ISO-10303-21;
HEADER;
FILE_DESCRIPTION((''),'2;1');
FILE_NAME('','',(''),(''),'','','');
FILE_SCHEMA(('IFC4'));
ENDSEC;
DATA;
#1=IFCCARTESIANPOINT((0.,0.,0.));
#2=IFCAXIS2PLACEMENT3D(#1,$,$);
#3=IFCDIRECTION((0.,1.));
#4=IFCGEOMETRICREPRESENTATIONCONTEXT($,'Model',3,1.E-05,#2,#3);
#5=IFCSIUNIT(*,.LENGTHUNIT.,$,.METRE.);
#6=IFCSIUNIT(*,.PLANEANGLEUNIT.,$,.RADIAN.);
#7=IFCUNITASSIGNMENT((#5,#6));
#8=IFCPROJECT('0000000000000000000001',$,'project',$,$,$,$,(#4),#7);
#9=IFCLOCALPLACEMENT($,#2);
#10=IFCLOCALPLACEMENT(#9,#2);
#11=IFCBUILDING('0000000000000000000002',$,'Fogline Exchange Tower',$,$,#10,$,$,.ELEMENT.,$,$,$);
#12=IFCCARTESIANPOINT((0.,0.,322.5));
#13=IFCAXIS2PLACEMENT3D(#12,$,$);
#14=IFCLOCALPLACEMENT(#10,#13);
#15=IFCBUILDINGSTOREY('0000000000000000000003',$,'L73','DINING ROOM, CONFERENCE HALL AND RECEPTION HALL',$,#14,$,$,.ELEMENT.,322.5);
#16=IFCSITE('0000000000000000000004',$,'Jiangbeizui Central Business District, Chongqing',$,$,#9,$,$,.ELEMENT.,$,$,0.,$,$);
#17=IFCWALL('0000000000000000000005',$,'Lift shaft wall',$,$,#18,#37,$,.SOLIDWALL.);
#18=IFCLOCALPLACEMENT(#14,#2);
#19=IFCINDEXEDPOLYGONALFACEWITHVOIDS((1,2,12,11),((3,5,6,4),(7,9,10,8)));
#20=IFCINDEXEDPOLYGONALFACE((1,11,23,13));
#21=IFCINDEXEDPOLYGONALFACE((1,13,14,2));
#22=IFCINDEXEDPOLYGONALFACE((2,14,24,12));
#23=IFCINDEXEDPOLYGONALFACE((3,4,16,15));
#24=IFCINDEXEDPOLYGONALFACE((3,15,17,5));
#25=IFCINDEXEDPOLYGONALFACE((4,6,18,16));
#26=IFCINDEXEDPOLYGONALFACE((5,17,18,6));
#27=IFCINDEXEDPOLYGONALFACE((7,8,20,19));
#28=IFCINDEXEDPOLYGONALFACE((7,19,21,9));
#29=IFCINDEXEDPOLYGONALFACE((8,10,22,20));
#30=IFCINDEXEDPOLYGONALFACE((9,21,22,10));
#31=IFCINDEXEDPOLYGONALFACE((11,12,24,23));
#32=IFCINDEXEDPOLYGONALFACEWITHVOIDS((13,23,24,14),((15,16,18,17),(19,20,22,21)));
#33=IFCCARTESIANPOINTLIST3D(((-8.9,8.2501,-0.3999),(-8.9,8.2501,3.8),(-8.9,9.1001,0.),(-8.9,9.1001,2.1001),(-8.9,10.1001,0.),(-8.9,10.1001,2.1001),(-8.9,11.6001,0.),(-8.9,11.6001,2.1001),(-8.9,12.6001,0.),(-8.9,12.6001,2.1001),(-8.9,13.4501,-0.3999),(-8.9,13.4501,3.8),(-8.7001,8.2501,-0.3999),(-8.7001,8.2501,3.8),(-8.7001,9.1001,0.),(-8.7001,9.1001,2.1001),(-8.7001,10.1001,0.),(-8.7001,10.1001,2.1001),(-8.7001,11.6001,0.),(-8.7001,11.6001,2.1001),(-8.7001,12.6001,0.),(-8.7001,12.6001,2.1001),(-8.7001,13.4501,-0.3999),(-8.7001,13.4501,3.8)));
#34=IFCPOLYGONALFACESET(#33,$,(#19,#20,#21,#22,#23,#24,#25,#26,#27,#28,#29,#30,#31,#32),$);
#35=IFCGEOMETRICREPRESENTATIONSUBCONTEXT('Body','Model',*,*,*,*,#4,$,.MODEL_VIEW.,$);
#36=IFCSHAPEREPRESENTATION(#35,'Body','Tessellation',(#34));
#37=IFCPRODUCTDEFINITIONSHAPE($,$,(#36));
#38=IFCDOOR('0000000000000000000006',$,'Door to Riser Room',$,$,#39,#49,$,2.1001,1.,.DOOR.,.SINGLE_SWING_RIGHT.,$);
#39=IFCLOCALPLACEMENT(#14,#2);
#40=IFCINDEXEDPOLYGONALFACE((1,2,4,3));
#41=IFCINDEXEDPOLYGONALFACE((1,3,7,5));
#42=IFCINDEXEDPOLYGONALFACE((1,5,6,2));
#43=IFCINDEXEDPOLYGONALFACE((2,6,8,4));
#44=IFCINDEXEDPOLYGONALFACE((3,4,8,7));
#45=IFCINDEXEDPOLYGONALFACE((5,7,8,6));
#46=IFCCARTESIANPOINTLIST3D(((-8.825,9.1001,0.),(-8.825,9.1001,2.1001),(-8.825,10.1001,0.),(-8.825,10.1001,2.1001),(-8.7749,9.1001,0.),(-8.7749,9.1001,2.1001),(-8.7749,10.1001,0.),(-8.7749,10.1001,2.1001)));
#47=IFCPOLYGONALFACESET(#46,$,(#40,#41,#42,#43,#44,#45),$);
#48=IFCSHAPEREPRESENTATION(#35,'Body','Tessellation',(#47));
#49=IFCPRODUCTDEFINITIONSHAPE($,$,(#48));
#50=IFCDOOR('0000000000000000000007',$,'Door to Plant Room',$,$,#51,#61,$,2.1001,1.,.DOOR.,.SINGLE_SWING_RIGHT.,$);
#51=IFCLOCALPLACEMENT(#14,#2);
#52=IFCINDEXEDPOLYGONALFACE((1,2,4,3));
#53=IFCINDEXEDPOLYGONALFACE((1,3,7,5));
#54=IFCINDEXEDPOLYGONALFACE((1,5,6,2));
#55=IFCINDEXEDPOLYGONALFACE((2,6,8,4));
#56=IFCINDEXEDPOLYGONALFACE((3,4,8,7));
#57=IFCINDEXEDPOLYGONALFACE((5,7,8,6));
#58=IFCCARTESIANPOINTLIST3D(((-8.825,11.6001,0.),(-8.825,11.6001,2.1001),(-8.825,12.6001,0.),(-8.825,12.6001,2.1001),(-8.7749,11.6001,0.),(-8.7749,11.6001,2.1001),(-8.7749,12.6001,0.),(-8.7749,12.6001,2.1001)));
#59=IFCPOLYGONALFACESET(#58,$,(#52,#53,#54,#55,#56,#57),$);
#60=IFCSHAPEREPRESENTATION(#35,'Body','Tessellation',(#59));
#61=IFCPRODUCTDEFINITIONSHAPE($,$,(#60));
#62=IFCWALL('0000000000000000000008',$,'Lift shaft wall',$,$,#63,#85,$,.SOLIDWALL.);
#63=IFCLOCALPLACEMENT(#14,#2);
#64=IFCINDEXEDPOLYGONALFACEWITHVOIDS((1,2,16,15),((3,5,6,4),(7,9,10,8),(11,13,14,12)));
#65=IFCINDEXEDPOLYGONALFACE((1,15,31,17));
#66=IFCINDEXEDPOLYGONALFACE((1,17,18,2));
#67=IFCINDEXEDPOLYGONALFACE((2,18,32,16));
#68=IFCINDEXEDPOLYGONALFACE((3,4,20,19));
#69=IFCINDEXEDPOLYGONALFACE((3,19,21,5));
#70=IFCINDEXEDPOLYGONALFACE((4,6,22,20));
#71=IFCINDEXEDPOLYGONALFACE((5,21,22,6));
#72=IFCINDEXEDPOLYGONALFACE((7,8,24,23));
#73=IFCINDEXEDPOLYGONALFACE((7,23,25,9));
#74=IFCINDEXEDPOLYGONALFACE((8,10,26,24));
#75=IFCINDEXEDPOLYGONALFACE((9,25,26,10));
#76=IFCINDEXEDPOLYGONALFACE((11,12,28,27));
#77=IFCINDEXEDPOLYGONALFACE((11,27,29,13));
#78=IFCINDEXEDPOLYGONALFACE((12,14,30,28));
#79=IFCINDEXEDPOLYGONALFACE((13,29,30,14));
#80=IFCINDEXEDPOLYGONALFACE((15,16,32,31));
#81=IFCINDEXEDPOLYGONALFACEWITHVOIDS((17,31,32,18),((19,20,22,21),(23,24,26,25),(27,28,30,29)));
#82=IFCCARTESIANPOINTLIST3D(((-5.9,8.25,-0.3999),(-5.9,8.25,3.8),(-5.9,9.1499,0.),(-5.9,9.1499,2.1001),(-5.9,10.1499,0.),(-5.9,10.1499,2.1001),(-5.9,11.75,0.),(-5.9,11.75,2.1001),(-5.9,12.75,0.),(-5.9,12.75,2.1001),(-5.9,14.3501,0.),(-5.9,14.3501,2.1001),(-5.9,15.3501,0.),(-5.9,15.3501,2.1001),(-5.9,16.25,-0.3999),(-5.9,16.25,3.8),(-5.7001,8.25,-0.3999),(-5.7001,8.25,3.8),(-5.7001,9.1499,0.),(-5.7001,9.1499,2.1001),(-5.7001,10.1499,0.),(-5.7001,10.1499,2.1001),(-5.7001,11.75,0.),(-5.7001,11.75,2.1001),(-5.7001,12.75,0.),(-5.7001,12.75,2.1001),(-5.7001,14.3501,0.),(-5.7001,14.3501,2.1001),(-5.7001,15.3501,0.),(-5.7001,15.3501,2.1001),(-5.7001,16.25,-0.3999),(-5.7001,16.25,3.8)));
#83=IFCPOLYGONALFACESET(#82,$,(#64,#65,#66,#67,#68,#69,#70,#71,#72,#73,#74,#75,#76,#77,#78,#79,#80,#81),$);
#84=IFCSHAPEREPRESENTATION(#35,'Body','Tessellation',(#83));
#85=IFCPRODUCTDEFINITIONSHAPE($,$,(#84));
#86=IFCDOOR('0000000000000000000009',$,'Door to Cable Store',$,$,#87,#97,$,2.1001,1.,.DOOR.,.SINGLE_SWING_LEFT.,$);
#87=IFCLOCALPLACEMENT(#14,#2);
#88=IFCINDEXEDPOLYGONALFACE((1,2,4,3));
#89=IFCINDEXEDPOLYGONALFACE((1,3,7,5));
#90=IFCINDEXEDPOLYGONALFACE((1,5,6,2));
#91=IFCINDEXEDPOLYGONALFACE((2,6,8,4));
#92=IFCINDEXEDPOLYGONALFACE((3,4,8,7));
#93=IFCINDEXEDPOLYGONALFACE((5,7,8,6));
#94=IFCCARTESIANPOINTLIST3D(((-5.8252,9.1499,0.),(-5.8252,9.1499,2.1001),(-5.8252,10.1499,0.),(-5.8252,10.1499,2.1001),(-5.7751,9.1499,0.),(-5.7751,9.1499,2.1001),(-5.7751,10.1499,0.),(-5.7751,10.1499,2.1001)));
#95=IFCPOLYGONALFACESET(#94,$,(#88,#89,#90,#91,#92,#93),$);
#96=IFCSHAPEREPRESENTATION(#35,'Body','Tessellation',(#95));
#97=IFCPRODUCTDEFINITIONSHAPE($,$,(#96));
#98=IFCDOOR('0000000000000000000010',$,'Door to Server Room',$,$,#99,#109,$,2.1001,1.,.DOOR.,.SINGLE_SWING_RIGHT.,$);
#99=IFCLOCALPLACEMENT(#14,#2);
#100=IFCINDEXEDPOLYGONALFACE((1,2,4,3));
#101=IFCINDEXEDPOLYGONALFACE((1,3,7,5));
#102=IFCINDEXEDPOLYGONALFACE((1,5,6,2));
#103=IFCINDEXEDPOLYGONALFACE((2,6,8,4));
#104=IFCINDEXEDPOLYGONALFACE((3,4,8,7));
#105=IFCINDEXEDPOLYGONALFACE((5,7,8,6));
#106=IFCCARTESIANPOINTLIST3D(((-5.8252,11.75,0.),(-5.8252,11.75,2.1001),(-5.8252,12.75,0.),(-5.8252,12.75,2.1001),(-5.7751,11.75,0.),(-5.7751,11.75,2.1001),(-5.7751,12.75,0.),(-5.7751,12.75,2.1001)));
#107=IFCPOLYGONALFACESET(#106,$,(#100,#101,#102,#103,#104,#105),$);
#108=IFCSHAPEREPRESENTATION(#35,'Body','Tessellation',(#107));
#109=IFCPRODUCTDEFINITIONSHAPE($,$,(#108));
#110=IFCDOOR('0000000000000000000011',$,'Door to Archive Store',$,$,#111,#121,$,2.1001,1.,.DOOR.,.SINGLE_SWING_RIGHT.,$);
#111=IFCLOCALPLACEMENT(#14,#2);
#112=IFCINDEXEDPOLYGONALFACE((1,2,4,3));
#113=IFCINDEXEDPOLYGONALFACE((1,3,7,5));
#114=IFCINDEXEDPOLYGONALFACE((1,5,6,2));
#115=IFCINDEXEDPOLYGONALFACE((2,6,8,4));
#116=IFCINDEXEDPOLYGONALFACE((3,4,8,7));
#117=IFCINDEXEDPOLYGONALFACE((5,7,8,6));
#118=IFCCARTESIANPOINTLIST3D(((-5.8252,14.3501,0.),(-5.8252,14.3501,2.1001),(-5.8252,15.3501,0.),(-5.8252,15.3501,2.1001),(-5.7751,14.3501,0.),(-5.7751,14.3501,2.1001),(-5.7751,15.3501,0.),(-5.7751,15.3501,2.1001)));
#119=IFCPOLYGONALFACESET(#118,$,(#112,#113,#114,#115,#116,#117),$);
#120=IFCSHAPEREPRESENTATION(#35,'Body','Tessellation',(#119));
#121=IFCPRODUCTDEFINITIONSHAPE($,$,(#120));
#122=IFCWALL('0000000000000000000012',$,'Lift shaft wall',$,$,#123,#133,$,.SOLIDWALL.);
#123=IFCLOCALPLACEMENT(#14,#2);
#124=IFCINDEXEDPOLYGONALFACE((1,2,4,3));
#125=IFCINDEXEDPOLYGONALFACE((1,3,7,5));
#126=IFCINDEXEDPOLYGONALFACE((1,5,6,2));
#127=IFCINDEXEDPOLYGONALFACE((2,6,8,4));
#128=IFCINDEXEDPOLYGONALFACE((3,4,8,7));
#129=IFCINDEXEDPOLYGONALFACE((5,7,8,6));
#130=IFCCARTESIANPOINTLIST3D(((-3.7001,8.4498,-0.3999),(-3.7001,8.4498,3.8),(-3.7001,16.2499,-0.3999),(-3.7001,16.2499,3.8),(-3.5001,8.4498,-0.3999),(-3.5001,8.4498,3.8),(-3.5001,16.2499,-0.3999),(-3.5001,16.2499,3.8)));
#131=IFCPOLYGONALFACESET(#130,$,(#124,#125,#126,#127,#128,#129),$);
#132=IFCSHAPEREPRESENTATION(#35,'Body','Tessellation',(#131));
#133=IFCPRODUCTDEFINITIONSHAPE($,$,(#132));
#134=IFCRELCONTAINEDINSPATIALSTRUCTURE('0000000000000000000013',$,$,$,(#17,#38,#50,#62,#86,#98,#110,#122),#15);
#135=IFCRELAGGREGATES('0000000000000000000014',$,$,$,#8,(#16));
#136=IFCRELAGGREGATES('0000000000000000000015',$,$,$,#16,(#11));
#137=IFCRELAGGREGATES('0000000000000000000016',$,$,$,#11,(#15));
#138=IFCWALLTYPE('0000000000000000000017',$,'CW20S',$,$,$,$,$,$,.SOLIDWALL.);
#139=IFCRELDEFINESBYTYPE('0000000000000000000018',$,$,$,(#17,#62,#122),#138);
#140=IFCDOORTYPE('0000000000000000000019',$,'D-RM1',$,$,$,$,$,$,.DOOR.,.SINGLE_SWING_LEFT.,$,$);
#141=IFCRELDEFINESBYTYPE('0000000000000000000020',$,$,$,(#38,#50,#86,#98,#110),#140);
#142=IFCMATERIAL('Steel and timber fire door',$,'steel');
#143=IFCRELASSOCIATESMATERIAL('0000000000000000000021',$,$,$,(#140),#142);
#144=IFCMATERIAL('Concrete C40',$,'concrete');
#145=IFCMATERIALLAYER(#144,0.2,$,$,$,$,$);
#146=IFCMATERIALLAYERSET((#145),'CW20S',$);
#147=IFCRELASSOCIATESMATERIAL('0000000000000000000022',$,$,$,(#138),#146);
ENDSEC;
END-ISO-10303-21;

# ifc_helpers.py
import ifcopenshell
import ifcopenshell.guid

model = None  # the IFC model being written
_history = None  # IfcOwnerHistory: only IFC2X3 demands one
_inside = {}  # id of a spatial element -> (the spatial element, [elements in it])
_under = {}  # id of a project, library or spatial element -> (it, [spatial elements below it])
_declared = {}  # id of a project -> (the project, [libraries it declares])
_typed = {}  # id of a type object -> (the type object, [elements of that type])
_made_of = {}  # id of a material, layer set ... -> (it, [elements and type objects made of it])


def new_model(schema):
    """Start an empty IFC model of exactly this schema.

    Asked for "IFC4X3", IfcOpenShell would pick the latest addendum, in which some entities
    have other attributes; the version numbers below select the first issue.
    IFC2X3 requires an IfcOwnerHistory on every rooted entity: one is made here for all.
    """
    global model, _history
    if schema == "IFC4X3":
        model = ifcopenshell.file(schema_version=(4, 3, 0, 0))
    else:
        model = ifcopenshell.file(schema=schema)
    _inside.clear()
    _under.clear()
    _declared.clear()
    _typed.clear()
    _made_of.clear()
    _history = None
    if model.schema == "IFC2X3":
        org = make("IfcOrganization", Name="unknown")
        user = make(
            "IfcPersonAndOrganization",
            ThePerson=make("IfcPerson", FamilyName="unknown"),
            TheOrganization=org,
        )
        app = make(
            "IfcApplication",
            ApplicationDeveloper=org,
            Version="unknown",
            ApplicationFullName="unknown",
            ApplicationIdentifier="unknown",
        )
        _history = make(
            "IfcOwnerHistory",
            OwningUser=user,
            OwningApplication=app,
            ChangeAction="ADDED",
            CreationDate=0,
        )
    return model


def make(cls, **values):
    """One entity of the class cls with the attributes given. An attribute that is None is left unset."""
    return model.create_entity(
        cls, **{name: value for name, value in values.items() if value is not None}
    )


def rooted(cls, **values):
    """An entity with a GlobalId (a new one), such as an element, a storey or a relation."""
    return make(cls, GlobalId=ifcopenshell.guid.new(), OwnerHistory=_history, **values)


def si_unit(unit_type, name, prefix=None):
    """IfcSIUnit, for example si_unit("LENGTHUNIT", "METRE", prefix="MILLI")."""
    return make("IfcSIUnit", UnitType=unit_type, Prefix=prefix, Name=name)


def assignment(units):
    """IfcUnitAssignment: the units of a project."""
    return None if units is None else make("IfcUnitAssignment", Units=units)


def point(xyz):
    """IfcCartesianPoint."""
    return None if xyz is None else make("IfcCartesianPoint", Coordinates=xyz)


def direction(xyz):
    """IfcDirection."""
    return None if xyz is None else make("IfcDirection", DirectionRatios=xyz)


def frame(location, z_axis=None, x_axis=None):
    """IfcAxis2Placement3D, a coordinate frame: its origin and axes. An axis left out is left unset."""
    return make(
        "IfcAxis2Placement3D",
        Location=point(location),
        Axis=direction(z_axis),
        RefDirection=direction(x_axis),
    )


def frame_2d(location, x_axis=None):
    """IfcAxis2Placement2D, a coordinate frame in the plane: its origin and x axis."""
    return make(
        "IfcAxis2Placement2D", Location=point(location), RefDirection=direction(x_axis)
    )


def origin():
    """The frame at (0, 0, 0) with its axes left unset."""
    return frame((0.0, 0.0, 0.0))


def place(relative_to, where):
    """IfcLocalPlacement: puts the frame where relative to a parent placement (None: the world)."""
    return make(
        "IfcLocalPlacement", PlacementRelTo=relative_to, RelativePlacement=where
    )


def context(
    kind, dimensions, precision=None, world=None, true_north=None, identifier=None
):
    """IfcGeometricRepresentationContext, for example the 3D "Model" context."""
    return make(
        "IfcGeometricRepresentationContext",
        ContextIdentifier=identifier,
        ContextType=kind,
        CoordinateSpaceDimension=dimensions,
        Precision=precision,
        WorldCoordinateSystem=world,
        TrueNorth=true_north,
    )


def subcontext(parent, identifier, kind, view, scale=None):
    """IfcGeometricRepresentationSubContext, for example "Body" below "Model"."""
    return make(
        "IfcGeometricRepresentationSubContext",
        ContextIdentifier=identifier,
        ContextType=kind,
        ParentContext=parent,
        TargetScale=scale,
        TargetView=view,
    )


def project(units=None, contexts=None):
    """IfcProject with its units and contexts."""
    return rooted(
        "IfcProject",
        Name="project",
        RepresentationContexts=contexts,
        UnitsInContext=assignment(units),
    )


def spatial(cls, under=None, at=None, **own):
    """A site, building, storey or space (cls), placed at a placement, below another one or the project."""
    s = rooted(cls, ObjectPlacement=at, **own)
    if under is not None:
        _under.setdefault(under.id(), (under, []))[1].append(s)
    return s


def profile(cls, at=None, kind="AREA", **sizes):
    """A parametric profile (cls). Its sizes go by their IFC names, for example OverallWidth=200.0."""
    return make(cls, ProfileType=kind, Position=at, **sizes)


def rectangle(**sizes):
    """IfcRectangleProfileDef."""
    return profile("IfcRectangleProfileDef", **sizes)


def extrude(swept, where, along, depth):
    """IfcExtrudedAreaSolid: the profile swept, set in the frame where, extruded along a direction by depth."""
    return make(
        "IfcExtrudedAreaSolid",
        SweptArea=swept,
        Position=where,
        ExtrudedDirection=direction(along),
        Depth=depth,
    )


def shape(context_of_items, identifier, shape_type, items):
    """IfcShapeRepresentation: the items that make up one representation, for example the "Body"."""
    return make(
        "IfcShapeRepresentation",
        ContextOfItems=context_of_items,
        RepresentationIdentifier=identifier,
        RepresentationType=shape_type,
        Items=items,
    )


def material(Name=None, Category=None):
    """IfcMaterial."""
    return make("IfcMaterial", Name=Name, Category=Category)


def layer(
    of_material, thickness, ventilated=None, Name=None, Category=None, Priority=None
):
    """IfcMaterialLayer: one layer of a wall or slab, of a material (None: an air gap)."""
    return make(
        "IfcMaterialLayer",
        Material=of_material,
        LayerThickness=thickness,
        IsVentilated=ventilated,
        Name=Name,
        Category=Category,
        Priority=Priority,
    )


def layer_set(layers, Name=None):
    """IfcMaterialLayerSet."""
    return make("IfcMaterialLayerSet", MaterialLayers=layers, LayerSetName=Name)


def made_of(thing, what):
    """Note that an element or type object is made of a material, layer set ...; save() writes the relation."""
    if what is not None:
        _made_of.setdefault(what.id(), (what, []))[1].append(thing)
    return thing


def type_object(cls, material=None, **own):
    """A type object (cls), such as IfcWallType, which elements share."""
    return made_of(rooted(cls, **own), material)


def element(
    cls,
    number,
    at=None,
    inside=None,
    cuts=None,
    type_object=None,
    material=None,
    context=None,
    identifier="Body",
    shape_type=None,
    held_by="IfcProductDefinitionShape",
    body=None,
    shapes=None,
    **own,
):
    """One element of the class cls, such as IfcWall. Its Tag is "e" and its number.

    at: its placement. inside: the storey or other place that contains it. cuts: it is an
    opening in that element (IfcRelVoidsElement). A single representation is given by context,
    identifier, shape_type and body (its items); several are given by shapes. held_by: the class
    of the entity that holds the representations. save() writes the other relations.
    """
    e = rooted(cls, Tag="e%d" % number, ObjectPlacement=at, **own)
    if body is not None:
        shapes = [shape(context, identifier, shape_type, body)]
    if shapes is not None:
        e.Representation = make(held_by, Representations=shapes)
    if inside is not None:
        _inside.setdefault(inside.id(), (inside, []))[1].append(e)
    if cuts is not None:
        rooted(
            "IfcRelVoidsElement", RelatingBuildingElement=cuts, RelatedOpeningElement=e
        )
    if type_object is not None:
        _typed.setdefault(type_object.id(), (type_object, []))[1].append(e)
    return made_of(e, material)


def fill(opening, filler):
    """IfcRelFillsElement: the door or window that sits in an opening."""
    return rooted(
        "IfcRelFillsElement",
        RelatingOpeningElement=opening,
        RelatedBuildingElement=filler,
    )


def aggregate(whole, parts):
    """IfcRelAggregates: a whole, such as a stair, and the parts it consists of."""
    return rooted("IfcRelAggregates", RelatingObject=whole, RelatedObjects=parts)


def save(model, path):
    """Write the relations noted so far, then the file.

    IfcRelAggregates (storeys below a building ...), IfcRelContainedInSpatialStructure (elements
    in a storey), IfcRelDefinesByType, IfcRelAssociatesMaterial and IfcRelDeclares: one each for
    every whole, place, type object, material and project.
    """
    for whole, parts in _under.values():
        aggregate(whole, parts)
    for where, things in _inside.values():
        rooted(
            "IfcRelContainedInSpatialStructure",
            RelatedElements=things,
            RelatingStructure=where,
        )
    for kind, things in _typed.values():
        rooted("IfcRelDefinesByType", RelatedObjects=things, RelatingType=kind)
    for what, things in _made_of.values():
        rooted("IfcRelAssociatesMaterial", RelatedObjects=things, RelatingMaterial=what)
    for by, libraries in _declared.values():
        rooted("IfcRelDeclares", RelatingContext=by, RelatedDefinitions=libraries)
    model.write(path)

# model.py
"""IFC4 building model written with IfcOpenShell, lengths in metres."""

from ifc_helpers import new_model, si_unit, direction, frame, frame_2d, origin, place, context, subcontext, project, spatial, rectangle, extrude, material, layer, layer_set, type_object, element, fill, save


model = new_model("IFC4")

# Units and contexts
model_context = context("Model", 3, precision=1e-05, world=origin(), true_north=direction((0.0, 1.0)))
body_context = subcontext(model_context, "Body", "Model", "MODEL_VIEW")
ifc_project = project(units=[si_unit("LENGTHUNIT", "METRE"), si_unit("PLANEANGLEUNIT", "RADIAN")], contexts=[model_context])

# Site, building, storey
site_placement = place(None, origin())
site = spatial("IfcSite", under=ifc_project, at=site_placement, Name="Jiangbeizui Central Business District, Chongqing", CompositionType="ELEMENT", RefElevation=0.0)
building_placement = place(site_placement, origin())
building = spatial("IfcBuilding", under=site, at=building_placement, Name="Fogline Exchange Tower", CompositionType="ELEMENT")
storey_placement = place(building_placement, frame((0.0, 0.0, 322.5)))
storey = spatial("IfcBuildingStorey", under=building, at=storey_placement, Name="L73", Description="DINING ROOM, CONFERENCE HALL AND RECEPTION HALL", CompositionType="ELEMENT", Elevation=322.5)

# Shared definitions
ifc_material_1 = material(Name="Steel and timber fire door", Category="steel")

# Shared definitions
ifc_material_2 = material(Name="Concrete C40", Category="concrete")

# Shared definitions
door_type_1 = type_object("IfcDoorType", Name="D-RM1", OperationType="SINGLE_SWING_LEFT", PredefinedType="DOOR", material=ifc_material_1)

# Walls, openings, doors
ifc_layer_1 = layer(ifc_material_2, 0.2)
ifc_layer_set_1 = layer_set([ifc_layer_1], Name="CW20S")
wall_type_1 = type_object("IfcWallType", Name="CW20S", PredefinedType="SOLIDWALL", material=ifc_layer_set_1)
wall_1_placement = place(storey_placement, frame((-8.8, 8.25, -0.3999), z_axis=(0.0, 0.0, 1.0), x_axis=(0.0, 1.0, 0.0)))
wall_1 = element("IfcWall", 1, at=wall_1_placement, inside=storey, type_object=wall_type_1, Name="Lift shaft wall", PredefinedType="SOLIDWALL", context=body_context, shape_type="SweptSolid", body=[
    extrude(rectangle(XDim=5.2, YDim=0.2, at=frame_2d((2.6001, 0.0))), origin(), (0.0, 0.0, 1.0), 4.2),
])
opening_1_placement = place(wall_1_placement, frame((0.8501, 0.0, 0.3999)))
opening_1 = element("IfcOpeningElement", 2, at=opening_1_placement, cuts=wall_1, PredefinedType="OPENING", context=body_context, shape_type="SweptSolid", body=[
    extrude(rectangle(XDim=1.0, YDim=2.1001, at=frame_2d((0.5, 1.05))), frame((0.0, 0.1099, 0.0), z_axis=(0.0, -1.0, 0.0), x_axis=(1.0, 0.0, 0.0)), (0.0, 0.0, 1.0), 0.22),
])
opening_2_placement = place(wall_1_placement, frame((3.3501, 0.0, 0.3999)))
opening_2 = element("IfcOpeningElement", 3, at=opening_2_placement, cuts=wall_1, PredefinedType="OPENING", context=body_context, shape_type="SweptSolid", body=[
    extrude(rectangle(XDim=1.0, YDim=2.1001, at=frame_2d((0.5, 1.05))), frame((0.0, 0.1099, 0.0), z_axis=(0.0, -1.0, 0.0), x_axis=(1.0, 0.0, 0.0)), (0.0, 0.0, 1.0), 0.22),
])
door_1_placement = place(opening_1_placement, origin())
door_1 = element("IfcDoor", 4, at=door_1_placement, inside=storey, type_object=door_type_1, Name="Door to Riser Room", OperationType="SINGLE_SWING_RIGHT", OverallHeight=2.1001, OverallWidth=1.0, PredefinedType="DOOR", context=body_context, shape_type="SweptSolid", body=[
    extrude(rectangle(XDim=1.0, YDim=2.1001, at=frame_2d((0.5, 1.05))), frame((0.0, 0.0249, 0.0), z_axis=(0.0, -1.0, 0.0), x_axis=(1.0, 0.0, 0.0)), (0.0, 0.0, 1.0), 0.05),
])
fill(opening_1, door_1)
door_2_placement = place(opening_2_placement, origin())
door_2 = element("IfcDoor", 5, at=door_2_placement, inside=storey, type_object=door_type_1, Name="Door to Plant Room", OperationType="SINGLE_SWING_RIGHT", OverallHeight=2.1001, OverallWidth=1.0, PredefinedType="DOOR", context=body_context, shape_type="SweptSolid", body=[
    extrude(rectangle(XDim=1.0, YDim=2.1001, at=frame_2d((0.5, 1.05))), frame((0.0, 0.0249, 0.0), z_axis=(0.0, -1.0, 0.0), x_axis=(1.0, 0.0, 0.0)), (0.0, 0.0, 1.0), 0.05),
])
fill(opening_2, door_2)
wall_2_placement = place(storey_placement, frame((-5.8, 8.25, -0.3999), z_axis=(0.0, 0.0, 1.0), x_axis=(0.0, 1.0, 0.0)))
wall_2 = element("IfcWall", 6, at=wall_2_placement, inside=storey, type_object=wall_type_1, Name="Lift shaft wall", PredefinedType="SOLIDWALL", context=body_context, shape_type="SweptSolid", body=[
    extrude(rectangle(XDim=8.0, YDim=0.2, at=frame_2d((4.0, 0.0))), origin(), (0.0, 0.0, 1.0), 4.2),
])
opening_3_placement = place(wall_2_placement, frame((0.8999, 0.0, 0.3999)))
opening_3 = element("IfcOpeningElement", 7, at=opening_3_placement, cuts=wall_2, PredefinedType="OPENING", context=body_context, shape_type="SweptSolid", body=[
    extrude(rectangle(XDim=1.0, YDim=2.1001, at=frame_2d((0.5, 1.05))), frame((0.0, 0.1099, 0.0), z_axis=(0.0, -1.0, 0.0), x_axis=(1.0, 0.0, 0.0)), (0.0, 0.0, 1.0), 0.22),
])
opening_4_placement = place(wall_2_placement, frame((3.5, 0.0, 0.3999)))
opening_4 = element("IfcOpeningElement", 8, at=opening_4_placement, cuts=wall_2, PredefinedType="OPENING", context=body_context, shape_type="SweptSolid", body=[
    extrude(rectangle(XDim=1.0, YDim=2.1001, at=frame_2d((0.5, 1.05))), frame((0.0, 0.1099, 0.0), z_axis=(0.0, -1.0, 0.0), x_axis=(1.0, 0.0, 0.0)), (0.0, 0.0, 1.0), 0.22),
])
opening_5_placement = place(wall_2_placement, frame((6.1001, 0.0, 0.3999)))
opening_5 = element("IfcOpeningElement", 9, at=opening_5_placement, cuts=wall_2, PredefinedType="OPENING", context=body_context, shape_type="SweptSolid", body=[
    extrude(rectangle(XDim=1.0, YDim=2.1001, at=frame_2d((0.5, 1.05))), frame((0.0, 0.1099, 0.0), z_axis=(0.0, -1.0, 0.0), x_axis=(1.0, 0.0, 0.0)), (0.0, 0.0, 1.0), 0.22),
])
door_3_placement = place(opening_3_placement, frame((1.0, 0.0, 0.0), z_axis=(0.0, 0.0, 1.0), x_axis=(-1.0, 0.0, 0.0)))
door_3 = element("IfcDoor", 10, at=door_3_placement, inside=storey, type_object=door_type_1, Name="Door to Cable Store", OperationType="SINGLE_SWING_LEFT", OverallHeight=2.1001, OverallWidth=1.0, PredefinedType="DOOR", context=body_context, shape_type="SweptSolid", body=[
    extrude(rectangle(XDim=1.0, YDim=2.1001, at=frame_2d((0.5, 1.05))), frame((0.0, 0.0249, 0.0), z_axis=(0.0, -1.0, 0.0), x_axis=(1.0, 0.0, 0.0)), (0.0, 0.0, 1.0), 0.05),
])
fill(opening_3, door_3)
door_4_placement = place(opening_4_placement, frame((1.0, 0.0, 0.0), z_axis=(0.0, 0.0, 1.0), x_axis=(-1.0, 0.0, 0.0)))
door_4 = element("IfcDoor", 11, at=door_4_placement, inside=storey, type_object=door_type_1, Name="Door to Server Room", OperationType="SINGLE_SWING_RIGHT", OverallHeight=2.1001, OverallWidth=1.0, PredefinedType="DOOR", context=body_context, shape_type="SweptSolid", body=[
    extrude(rectangle(XDim=1.0, YDim=2.1001, at=frame_2d((0.5, 1.05))), frame((0.0, 0.0249, 0.0), z_axis=(0.0, -1.0, 0.0), x_axis=(1.0, 0.0, 0.0)), (0.0, 0.0, 1.0), 0.05),
])
fill(opening_4, door_4)
door_5_placement = place(opening_5_placement, frame((1.0, 0.0, 0.0), z_axis=(0.0, 0.0, 1.0), x_axis=(-1.0, 0.0, 0.0)))
door_5 = element("IfcDoor", 12, at=door_5_placement, inside=storey, type_object=door_type_1, Name="Door to Archive Store", OperationType="SINGLE_SWING_RIGHT", OverallHeight=2.1001, OverallWidth=1.0, PredefinedType="DOOR", context=body_context, shape_type="SweptSolid", body=[
    extrude(rectangle(XDim=1.0, YDim=2.1001, at=frame_2d((0.5, 1.05))), frame((0.0, 0.0249, 0.0), z_axis=(0.0, -1.0, 0.0), x_axis=(1.0, 0.0, 0.0)), (0.0, 0.0, 1.0), 0.05),
])
fill(opening_5, door_5)

# Wall
wall_3_placement = place(storey_placement, frame((-3.6001, 8.45, -0.3999), z_axis=(0.0, 0.0, 1.0), x_axis=(0.0, 1.0, 0.0)))
element("IfcWall", 13, at=wall_3_placement, inside=storey, type_object=wall_type_1, Name="Lift shaft wall", PredefinedType="SOLIDWALL", context=body_context, shape_type="SweptSolid", body=[
    extrude(rectangle(XDim=7.8, YDim=0.2, at=frame_2d((3.8999, 0.0))), origin(), (0.0, 0.0, 1.0), 4.2),
])

save(model, "model.ifc")
